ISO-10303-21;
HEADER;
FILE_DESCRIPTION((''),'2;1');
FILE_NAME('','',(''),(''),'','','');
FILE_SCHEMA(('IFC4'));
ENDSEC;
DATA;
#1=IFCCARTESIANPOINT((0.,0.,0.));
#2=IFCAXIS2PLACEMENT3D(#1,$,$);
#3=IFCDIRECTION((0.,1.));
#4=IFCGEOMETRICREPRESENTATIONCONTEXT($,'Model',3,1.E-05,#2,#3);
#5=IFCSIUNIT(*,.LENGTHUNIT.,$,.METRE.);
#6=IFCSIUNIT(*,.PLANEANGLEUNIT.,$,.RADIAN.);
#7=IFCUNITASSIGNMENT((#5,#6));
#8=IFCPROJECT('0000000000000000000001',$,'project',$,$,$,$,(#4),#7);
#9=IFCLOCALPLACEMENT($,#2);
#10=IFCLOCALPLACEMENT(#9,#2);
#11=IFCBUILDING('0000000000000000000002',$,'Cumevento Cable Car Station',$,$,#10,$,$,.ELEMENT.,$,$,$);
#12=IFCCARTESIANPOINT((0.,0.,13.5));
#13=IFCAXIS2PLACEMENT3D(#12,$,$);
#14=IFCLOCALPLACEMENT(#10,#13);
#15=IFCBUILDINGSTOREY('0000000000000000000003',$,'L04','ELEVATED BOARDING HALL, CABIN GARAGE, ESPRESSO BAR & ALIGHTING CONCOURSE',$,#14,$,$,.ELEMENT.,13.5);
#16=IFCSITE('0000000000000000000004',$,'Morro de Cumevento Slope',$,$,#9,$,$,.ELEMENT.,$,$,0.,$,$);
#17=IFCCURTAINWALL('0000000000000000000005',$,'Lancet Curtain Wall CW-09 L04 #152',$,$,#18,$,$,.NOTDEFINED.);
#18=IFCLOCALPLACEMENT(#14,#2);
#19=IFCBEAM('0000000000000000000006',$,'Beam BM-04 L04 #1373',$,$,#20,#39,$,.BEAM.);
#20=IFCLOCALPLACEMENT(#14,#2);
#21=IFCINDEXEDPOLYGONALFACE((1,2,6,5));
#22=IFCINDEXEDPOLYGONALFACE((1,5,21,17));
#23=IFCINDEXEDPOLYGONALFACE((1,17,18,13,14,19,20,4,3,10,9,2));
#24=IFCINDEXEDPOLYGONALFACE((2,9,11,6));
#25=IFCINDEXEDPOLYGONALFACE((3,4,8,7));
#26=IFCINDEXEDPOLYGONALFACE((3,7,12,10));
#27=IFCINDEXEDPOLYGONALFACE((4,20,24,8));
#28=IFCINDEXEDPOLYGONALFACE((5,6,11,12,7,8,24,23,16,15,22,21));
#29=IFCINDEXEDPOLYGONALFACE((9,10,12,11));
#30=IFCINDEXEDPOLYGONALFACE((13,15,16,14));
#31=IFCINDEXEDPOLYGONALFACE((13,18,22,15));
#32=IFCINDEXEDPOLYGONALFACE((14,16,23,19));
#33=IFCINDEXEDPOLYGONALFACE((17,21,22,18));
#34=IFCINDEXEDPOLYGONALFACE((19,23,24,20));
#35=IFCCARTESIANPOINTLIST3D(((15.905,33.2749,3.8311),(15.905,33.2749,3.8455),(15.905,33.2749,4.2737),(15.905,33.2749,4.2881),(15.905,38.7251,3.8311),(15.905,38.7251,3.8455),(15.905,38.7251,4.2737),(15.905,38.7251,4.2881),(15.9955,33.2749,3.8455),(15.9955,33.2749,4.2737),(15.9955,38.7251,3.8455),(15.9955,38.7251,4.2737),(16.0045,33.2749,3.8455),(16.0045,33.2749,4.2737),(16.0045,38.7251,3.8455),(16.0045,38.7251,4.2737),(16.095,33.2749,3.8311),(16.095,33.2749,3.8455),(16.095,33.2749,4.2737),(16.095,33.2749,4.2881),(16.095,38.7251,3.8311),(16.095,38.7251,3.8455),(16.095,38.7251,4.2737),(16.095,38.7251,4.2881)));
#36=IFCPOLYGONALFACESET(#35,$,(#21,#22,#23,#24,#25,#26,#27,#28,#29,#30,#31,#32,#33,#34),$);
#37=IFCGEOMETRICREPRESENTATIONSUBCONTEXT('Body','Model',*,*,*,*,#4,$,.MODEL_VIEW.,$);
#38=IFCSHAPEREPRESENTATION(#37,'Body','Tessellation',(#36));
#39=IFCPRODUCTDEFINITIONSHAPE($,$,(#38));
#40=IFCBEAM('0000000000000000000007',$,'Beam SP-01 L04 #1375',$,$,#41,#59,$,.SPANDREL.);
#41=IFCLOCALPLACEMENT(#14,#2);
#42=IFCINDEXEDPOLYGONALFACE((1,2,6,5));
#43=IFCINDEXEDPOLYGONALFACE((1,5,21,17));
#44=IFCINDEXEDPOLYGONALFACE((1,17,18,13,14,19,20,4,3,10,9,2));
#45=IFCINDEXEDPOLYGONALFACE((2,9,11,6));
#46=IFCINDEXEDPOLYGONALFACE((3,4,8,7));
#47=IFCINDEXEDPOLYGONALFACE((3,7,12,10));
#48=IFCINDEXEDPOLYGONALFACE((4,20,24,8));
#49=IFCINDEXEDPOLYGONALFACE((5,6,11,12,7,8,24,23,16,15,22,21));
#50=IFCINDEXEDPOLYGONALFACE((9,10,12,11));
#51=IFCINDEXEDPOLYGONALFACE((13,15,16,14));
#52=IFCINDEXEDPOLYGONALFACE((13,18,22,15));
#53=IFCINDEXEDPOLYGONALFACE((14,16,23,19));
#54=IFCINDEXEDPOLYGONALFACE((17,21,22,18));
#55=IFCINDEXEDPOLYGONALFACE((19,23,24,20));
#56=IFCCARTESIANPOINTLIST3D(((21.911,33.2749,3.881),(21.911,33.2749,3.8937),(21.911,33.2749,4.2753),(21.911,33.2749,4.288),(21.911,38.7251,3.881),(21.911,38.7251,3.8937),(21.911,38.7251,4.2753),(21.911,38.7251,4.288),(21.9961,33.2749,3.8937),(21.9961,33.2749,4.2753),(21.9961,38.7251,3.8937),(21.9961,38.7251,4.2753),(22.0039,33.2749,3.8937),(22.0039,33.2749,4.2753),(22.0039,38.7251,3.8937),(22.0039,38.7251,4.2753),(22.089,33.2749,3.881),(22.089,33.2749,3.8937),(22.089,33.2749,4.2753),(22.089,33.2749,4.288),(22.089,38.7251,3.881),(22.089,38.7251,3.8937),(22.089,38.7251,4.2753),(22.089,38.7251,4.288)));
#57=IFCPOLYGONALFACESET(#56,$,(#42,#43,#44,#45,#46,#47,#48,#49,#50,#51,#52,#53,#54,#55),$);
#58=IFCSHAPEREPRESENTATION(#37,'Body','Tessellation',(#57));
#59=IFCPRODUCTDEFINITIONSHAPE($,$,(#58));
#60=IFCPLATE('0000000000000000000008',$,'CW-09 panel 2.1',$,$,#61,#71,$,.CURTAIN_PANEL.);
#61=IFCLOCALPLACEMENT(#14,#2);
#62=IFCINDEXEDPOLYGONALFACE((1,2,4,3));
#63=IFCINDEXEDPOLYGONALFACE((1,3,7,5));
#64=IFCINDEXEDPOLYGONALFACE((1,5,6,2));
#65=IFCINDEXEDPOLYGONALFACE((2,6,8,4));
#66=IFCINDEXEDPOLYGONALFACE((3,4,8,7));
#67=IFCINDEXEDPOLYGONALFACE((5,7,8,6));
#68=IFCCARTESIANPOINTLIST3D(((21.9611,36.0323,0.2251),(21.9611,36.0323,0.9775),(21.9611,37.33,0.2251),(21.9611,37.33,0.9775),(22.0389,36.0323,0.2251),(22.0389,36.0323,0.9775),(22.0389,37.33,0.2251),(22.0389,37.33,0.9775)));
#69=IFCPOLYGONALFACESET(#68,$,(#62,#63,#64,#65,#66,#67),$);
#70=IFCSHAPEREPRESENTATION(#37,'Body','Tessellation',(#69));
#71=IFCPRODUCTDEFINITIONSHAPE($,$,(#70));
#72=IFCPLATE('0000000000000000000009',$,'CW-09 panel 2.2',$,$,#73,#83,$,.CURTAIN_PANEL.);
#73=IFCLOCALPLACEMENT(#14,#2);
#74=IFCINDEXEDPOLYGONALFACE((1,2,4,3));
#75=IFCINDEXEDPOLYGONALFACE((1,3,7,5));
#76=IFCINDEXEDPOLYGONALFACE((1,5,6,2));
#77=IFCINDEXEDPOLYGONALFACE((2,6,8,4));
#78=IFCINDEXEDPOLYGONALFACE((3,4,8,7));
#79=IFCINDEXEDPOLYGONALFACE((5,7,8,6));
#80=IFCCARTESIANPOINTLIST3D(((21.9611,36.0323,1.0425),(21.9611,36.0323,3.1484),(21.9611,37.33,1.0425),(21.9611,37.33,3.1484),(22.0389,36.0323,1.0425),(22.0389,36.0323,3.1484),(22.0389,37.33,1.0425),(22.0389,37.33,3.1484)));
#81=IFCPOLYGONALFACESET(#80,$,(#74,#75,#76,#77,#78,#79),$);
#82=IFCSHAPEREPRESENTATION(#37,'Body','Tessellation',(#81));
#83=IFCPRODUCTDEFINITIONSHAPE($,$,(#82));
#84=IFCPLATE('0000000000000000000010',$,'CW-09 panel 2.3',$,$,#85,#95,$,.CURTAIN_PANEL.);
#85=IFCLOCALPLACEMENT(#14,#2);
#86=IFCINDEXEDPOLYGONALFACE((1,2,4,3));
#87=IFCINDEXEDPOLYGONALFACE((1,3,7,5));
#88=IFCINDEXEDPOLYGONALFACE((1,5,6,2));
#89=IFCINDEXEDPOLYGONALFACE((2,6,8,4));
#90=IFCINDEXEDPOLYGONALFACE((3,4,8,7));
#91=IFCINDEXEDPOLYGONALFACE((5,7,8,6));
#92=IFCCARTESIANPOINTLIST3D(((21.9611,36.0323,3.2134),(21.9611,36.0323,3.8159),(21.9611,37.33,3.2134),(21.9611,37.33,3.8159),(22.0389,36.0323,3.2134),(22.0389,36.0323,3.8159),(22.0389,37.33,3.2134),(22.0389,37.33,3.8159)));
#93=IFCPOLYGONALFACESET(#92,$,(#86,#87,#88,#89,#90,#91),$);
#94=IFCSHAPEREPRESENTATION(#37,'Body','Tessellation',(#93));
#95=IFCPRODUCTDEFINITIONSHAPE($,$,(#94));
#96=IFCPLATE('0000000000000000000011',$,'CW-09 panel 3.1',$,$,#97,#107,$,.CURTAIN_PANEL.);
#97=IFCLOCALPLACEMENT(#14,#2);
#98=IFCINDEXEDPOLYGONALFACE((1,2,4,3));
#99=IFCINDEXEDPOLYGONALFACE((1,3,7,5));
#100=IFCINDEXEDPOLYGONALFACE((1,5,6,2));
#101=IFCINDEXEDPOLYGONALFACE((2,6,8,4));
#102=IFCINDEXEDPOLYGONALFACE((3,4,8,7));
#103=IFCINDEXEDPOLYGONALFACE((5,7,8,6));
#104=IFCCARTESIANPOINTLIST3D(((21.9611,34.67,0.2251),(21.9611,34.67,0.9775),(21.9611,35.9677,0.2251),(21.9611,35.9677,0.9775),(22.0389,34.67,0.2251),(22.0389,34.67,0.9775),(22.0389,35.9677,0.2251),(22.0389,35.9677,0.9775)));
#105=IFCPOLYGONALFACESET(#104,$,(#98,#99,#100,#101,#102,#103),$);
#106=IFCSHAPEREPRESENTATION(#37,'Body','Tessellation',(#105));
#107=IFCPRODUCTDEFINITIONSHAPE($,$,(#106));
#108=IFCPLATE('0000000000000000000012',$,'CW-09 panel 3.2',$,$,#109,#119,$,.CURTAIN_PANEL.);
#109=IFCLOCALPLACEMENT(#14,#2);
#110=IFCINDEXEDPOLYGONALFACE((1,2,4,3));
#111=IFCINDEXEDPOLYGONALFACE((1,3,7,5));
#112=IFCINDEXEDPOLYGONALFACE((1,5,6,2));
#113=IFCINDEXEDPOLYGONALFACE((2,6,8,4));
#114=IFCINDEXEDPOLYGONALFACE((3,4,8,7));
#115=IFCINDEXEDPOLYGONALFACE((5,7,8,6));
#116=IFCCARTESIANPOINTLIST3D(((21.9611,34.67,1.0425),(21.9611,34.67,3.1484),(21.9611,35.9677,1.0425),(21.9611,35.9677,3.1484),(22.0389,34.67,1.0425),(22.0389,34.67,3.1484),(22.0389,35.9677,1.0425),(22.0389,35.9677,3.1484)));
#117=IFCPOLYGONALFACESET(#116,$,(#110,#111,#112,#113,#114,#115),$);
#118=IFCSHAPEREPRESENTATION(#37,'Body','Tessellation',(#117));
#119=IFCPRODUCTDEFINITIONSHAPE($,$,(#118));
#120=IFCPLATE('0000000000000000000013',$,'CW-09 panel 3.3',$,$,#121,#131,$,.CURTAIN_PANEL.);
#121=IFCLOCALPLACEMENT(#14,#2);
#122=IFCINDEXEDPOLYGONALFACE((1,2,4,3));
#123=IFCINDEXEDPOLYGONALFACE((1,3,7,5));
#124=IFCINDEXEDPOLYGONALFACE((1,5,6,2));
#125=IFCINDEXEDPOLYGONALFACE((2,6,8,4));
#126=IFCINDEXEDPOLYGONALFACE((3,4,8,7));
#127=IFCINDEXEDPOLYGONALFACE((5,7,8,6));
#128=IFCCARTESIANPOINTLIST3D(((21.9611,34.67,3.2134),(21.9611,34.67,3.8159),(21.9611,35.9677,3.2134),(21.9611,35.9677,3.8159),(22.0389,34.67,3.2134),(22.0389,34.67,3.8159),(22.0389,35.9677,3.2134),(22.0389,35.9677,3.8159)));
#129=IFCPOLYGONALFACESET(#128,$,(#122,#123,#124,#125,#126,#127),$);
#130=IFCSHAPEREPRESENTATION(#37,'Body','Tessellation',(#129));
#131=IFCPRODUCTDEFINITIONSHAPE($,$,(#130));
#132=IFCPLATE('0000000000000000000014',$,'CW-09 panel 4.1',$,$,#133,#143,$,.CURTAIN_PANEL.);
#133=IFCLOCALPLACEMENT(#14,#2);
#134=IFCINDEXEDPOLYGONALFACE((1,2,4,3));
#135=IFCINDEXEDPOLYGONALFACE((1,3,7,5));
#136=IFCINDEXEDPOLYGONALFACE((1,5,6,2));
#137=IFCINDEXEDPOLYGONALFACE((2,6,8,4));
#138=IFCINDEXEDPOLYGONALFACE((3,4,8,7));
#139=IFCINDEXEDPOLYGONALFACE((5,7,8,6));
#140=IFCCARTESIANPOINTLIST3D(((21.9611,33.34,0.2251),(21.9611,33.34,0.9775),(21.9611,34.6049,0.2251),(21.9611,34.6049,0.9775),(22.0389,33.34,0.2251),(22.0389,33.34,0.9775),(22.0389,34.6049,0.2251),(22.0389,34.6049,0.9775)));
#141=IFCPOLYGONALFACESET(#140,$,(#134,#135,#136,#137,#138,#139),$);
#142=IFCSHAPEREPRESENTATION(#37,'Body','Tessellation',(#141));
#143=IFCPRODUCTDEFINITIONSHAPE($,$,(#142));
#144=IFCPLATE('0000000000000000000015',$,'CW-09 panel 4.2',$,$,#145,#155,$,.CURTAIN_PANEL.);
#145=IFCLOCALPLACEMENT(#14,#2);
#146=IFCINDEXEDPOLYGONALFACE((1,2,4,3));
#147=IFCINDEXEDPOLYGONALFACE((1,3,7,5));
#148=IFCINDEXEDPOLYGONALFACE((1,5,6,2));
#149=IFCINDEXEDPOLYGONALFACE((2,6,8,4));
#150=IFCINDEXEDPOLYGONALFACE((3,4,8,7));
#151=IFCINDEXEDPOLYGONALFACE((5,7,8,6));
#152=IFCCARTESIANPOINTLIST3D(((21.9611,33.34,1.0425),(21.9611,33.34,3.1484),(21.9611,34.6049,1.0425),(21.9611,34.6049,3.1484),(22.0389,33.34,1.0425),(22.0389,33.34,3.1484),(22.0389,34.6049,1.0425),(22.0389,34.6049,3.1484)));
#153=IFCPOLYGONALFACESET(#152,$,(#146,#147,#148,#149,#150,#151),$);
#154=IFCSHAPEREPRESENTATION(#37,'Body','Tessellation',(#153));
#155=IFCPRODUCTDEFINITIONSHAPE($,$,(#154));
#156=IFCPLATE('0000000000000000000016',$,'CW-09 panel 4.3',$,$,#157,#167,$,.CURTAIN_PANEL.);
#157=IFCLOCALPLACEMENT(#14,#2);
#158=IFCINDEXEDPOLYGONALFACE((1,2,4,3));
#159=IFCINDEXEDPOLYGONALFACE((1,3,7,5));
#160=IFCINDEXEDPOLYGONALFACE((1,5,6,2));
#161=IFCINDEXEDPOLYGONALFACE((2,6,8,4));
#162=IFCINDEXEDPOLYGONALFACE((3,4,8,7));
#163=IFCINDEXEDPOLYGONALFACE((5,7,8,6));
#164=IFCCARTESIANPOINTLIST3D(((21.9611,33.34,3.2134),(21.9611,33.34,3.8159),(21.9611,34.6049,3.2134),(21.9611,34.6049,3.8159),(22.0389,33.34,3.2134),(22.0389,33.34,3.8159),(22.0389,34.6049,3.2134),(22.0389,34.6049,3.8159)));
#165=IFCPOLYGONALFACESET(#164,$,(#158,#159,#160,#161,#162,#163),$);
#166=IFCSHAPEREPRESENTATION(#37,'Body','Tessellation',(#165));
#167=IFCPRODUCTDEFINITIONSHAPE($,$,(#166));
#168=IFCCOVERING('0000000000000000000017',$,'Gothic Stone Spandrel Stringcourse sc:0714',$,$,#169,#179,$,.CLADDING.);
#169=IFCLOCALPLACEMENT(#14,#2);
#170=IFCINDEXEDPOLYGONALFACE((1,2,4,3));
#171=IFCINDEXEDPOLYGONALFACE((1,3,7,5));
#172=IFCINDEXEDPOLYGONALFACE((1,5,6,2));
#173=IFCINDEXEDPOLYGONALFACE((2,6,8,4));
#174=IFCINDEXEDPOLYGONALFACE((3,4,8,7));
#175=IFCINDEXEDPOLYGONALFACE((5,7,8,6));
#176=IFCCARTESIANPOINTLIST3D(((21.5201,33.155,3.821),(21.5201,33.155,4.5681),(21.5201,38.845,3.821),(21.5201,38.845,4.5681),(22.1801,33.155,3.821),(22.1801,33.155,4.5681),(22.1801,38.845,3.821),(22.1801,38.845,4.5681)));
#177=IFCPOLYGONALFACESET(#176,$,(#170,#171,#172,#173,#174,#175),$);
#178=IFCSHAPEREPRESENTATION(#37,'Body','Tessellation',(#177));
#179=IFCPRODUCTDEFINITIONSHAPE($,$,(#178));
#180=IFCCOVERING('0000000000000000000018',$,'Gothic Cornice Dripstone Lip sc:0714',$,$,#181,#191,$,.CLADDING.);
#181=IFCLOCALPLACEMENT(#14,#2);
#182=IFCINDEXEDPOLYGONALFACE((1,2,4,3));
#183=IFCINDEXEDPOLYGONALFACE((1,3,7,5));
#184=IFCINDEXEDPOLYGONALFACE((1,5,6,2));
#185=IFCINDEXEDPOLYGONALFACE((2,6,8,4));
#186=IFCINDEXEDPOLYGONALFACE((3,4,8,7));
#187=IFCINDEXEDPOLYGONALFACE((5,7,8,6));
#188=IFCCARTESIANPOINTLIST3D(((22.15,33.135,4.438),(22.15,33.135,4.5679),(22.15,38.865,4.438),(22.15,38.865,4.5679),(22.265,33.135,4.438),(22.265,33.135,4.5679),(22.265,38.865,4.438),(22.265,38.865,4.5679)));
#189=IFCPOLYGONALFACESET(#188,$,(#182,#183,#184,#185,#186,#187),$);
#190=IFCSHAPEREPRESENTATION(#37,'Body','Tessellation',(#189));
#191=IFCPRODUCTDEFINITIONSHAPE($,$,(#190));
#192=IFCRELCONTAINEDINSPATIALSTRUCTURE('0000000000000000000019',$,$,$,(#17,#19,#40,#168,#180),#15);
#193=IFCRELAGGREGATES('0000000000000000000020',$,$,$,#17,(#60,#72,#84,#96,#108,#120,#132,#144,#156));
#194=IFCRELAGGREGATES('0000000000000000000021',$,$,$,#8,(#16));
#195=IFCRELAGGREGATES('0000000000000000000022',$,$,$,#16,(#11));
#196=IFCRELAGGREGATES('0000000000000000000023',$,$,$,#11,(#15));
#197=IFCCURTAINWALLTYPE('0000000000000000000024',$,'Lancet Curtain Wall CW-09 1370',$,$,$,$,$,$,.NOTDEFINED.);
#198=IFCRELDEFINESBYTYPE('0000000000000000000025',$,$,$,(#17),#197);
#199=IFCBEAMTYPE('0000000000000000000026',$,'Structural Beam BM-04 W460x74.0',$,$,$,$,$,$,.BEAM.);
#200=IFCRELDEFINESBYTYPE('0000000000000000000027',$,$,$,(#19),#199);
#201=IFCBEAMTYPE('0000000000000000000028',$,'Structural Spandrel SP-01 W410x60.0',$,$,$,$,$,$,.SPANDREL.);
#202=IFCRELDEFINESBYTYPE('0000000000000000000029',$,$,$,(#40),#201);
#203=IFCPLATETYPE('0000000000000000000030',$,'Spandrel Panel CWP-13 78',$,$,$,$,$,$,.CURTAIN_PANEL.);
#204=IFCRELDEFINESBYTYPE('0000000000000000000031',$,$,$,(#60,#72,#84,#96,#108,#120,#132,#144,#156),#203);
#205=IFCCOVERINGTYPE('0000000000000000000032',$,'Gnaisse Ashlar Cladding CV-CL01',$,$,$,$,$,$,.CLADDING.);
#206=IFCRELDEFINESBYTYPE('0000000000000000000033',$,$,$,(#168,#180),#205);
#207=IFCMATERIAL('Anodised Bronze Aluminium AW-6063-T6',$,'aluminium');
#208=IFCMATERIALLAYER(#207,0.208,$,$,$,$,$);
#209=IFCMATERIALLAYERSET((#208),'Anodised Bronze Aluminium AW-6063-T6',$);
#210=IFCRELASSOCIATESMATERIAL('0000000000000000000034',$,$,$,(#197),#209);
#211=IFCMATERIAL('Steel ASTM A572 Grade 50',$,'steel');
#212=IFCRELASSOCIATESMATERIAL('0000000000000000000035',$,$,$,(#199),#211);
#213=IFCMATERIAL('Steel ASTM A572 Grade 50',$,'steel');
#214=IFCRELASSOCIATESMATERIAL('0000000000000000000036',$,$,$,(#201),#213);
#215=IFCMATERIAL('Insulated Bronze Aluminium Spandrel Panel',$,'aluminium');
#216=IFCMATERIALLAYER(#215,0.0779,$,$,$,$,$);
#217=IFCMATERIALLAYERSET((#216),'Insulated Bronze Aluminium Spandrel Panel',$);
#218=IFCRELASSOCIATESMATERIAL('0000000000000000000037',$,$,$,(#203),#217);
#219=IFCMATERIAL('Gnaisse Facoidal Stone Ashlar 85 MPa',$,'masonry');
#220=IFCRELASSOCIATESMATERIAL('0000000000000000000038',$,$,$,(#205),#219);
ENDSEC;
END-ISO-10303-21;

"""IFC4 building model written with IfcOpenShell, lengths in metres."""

from ifc_helpers import new_model, si_unit, direction, frame, origin, origin_2d, place, context, subcontext, project, spatial, rectangle, i_section, extrude, material, layer, layer_set, material_profile, profile_set, type_object, element, aggregate, save


model = new_model("IFC4")

# Units and contexts
model_context = context("Model", 3, precision=1e-05, world=origin(), true_north=direction((0.0, 1.0)))
body_context = subcontext(model_context, "Body", "Model", "MODEL_VIEW")
ifc_project = project(units=[si_unit("LENGTHUNIT", "METRE"), si_unit("PLANEANGLEUNIT", "RADIAN")], contexts=[model_context])

# Site, building, storey
site_placement = place(None, origin())
site = spatial("IfcSite", under=ifc_project, at=site_placement, Name="Morro de Cumevento Slope", CompositionType="ELEMENT", RefElevation=0.0)
building_placement = place(site_placement, origin())
building = spatial("IfcBuilding", under=site, at=building_placement, Name="Cumevento Cable Car Station", CompositionType="ELEMENT")
storey_placement = place(building_placement, frame((0.0, 0.0, 13.5)))
storey = spatial("IfcBuildingStorey", under=building, at=storey_placement, Name="L04", Description="ELEVATED BOARDING HALL, CABIN GARAGE, ESPRESSO BAR & ALIGHTING CONCOURSE", CompositionType="ELEMENT", Elevation=13.5)

# Curtain wall
ifc_material_1 = material(Name="Anodised Bronze Aluminium AW-6063-T6", Category="aluminium")
ifc_layer_1 = layer(ifc_material_1, 0.208)
ifc_layer_set_1 = layer_set([ifc_layer_1], Name="Anodised Bronze Aluminium AW-6063-T6")
curtain_wall_type = type_object("IfcCurtainWallType", Name="Lancet Curtain Wall CW-09 1370", PredefinedType="NOTDEFINED", material=ifc_layer_set_1)
curtain_wall_placement = place(storey_placement, origin())
curtain_wall = element("IfcCurtainWall", 1, at=curtain_wall_placement, inside=storey, type_object=curtain_wall_type, Name="Lancet Curtain Wall CW-09 L04 #152", PredefinedType="NOTDEFINED")

# Beams
ifc_material_2 = material(Name="Steel ASTM A572 Grade 50", Category="steel")
ifc_material_profile_1 = material_profile(ifc_material_2, i_section(OverallWidth=0.1899, OverallDepth=0.457, WebThickness=0.009, FlangeThickness=0.0144, at=origin_2d()), Name="W460x74.0")
ifc_profile_set_1 = profile_set([ifc_material_profile_1], Name="Steel ASTM A572 Grade 50")
beam_type_1 = type_object("IfcBeamType", Name="Structural Beam BM-04 W460x74.0", PredefinedType="BEAM", material=ifc_profile_set_1)
beam_1_placement = place(storey_placement, frame((16.0, 33.2749, 4.0596), z_axis=(0.0, 1.0, 0.0), x_axis=(-1.0, 0.0, 0.0)))
element("IfcBeam", 2, at=beam_1_placement, inside=storey, type_object=beam_type_1, Name="Beam BM-04 L04 #1373", PredefinedType="BEAM", context=body_context, shape_type="SweptSolid", body=[
    extrude(i_section(OverallWidth=0.1899, OverallDepth=0.457, WebThickness=0.009, FlangeThickness=0.0144, at=origin_2d()), origin(), (0.0, 0.0, 1.0), 5.4502),
])
ifc_material_3 = material(Name="Steel ASTM A572 Grade 50", Category="steel")
ifc_material_profile_2 = material_profile(ifc_material_3, i_section(OverallWidth=0.178, OverallDepth=0.407, WebThickness=0.0078, FlangeThickness=0.0127, at=origin_2d()), Name="W410x60.0")
ifc_profile_set_2 = profile_set([ifc_material_profile_2], Name="Steel ASTM A572 Grade 50")
beam_type_2 = type_object("IfcBeamType", Name="Structural Spandrel SP-01 W410x60.0", PredefinedType="SPANDREL", material=ifc_profile_set_2)
beam_2_placement = place(storey_placement, frame((22.0, 33.2749, 4.0845), z_axis=(0.0, 1.0, 0.0), x_axis=(-1.0, 0.0, 0.0)))
element("IfcBeam", 3, at=beam_2_placement, inside=storey, type_object=beam_type_2, Name="Beam SP-01 L04 #1375", PredefinedType="SPANDREL", context=body_context, shape_type="SweptSolid", body=[
    extrude(i_section(OverallWidth=0.178, OverallDepth=0.407, WebThickness=0.0078, FlangeThickness=0.0127, at=origin_2d()), origin(), (0.0, 0.0, 1.0), 5.4502),
])

# Plates
ifc_material_4 = material(Name="Insulated Bronze Aluminium Spandrel Panel", Category="aluminium")
ifc_layer_2 = layer(ifc_material_4, 0.0779)
ifc_layer_set_2 = layer_set([ifc_layer_2], Name="Insulated Bronze Aluminium Spandrel Panel")
plate_type = type_object("IfcPlateType", Name="Spandrel Panel CWP-13 78", PredefinedType="CURTAIN_PANEL", material=ifc_layer_set_2)
plate_1_placement = place(storey_placement, frame((22.0, 36.6812, 0.2251), z_axis=(0.0, 0.0, 1.0), x_axis=(0.0, -1.0, 0.0)))
plate_1 = element("IfcPlate", 4, at=plate_1_placement, type_object=plate_type, Name="CW-09 panel 2.1", PredefinedType="CURTAIN_PANEL", context=body_context, shape_type="SweptSolid", body=[
    extrude(rectangle(XDim=1.2976, YDim=0.0779, at=origin_2d()), origin(), (0.0, 0.0, 1.0), 0.7524),
])
plate_2_placement = place(storey_placement, frame((22.0, 36.6812, 1.0425), z_axis=(0.0, 0.0, 1.0), x_axis=(0.0, -1.0, 0.0)))
plate_2 = element("IfcPlate", 5, at=plate_2_placement, type_object=plate_type, Name="CW-09 panel 2.2", PredefinedType="CURTAIN_PANEL", context=body_context, shape_type="SweptSolid", body=[
    extrude(rectangle(XDim=1.2976, YDim=0.0779, at=origin_2d()), origin(), (0.0, 0.0, 1.0), 2.106),
])
plate_3_placement = place(storey_placement, frame((22.0, 36.6812, 3.2134), z_axis=(0.0, 0.0, 1.0), x_axis=(0.0, -1.0, 0.0)))
plate_3 = element("IfcPlate", 6, at=plate_3_placement, type_object=plate_type, Name="CW-09 panel 2.3", PredefinedType="CURTAIN_PANEL", context=body_context, shape_type="SweptSolid", body=[
    extrude(rectangle(XDim=1.2976, YDim=0.0779, at=origin_2d()), origin(), (0.0, 0.0, 1.0), 0.6025),
])
plate_4_placement = place(storey_placement, frame((22.0, 35.3188, 0.2251), z_axis=(0.0, 0.0, 1.0), x_axis=(0.0, -1.0, 0.0)))
plate_4 = element("IfcPlate", 7, at=plate_4_placement, type_object=plate_type, Name="CW-09 panel 3.1", PredefinedType="CURTAIN_PANEL", context=body_context, shape_type="SweptSolid", body=[
    extrude(rectangle(XDim=1.2976, YDim=0.0779, at=origin_2d()), origin(), (0.0, 0.0, 1.0), 0.7524),
])
plate_5_placement = place(storey_placement, frame((22.0, 35.3188, 1.0425), z_axis=(0.0, 0.0, 1.0), x_axis=(0.0, -1.0, 0.0)))
plate_5 = element("IfcPlate", 8, at=plate_5_placement, type_object=plate_type, Name="CW-09 panel 3.2", PredefinedType="CURTAIN_PANEL", context=body_context, shape_type="SweptSolid", body=[
    extrude(rectangle(XDim=1.2976, YDim=0.0779, at=origin_2d()), origin(), (0.0, 0.0, 1.0), 2.106),
])
plate_6_placement = place(storey_placement, frame((22.0, 35.3188, 3.2134), z_axis=(0.0, 0.0, 1.0), x_axis=(0.0, -1.0, 0.0)))
plate_6 = element("IfcPlate", 9, at=plate_6_placement, type_object=plate_type, Name="CW-09 panel 3.3", PredefinedType="CURTAIN_PANEL", context=body_context, shape_type="SweptSolid", body=[
    extrude(rectangle(XDim=1.2976, YDim=0.0779, at=origin_2d()), origin(), (0.0, 0.0, 1.0), 0.6025),
])
plate_7_placement = place(storey_placement, frame((22.0, 33.9724, 0.2251), z_axis=(0.0, 0.0, 1.0), x_axis=(0.0, -1.0, 0.0)))
plate_7 = element("IfcPlate", 10, at=plate_7_placement, type_object=plate_type, Name="CW-09 panel 4.1", PredefinedType="CURTAIN_PANEL", context=body_context, shape_type="SweptSolid", body=[
    extrude(rectangle(XDim=1.2649, YDim=0.0779, at=origin_2d()), origin(), (0.0, 0.0, 1.0), 0.7524),
])
plate_8_placement = place(storey_placement, frame((22.0, 33.9724, 1.0425), z_axis=(0.0, 0.0, 1.0), x_axis=(0.0, -1.0, 0.0)))
plate_8 = element("IfcPlate", 11, at=plate_8_placement, type_object=plate_type, Name="CW-09 panel 4.2", PredefinedType="CURTAIN_PANEL", context=body_context, shape_type="SweptSolid", body=[
    extrude(rectangle(XDim=1.2649, YDim=0.0779, at=origin_2d()), origin(), (0.0, 0.0, 1.0), 2.106),
])
plate_9_placement = place(storey_placement, frame((22.0, 33.9724, 3.2134), z_axis=(0.0, 0.0, 1.0), x_axis=(0.0, -1.0, 0.0)))
plate_9 = element("IfcPlate", 12, at=plate_9_placement, type_object=plate_type, Name="CW-09 panel 4.3", PredefinedType="CURTAIN_PANEL", context=body_context, shape_type="SweptSolid", body=[
    extrude(rectangle(XDim=1.2649, YDim=0.0779, at=origin_2d()), origin(), (0.0, 0.0, 1.0), 0.6025),
])
aggregate(curtain_wall, [plate_1, plate_2, plate_3, plate_4, plate_5, plate_6, plate_7, plate_8, plate_9])

# Coverings
ifc_material_5 = material(Name="Gnaisse Facoidal Stone Ashlar 85 MPa", Category="masonry")
covering_type = type_object("IfcCoveringType", Name="Gnaisse Ashlar Cladding CV-CL01", PredefinedType="CLADDING", material=ifc_material_5)
covering_1_placement = place(storey_placement, frame((21.8501, 36.0, 3.821), z_axis=(0.0, 0.0, 1.0), x_axis=(0.0, -1.0, 0.0)))
element("IfcCovering", 13, at=covering_1_placement, inside=storey, type_object=covering_type, Name="Gothic Stone Spandrel Stringcourse sc:0714", PredefinedType="CLADDING", context=body_context, shape_type="SweptSolid", body=[
    extrude(rectangle(XDim=5.6899, YDim=0.6599, at=origin_2d()), origin(), (0.0, 0.0, 1.0), 0.7471),
])
covering_2_placement = place(storey_placement, frame((22.2075, 36.0, 4.438), z_axis=(0.0, 0.0, 1.0), x_axis=(0.0, -1.0, 0.0)))
element("IfcCovering", 14, at=covering_2_placement, inside=storey, type_object=covering_type, Name="Gothic Cornice Dripstone Lip sc:0714", PredefinedType="CLADDING", context=body_context, shape_type="SweptSolid", body=[
    extrude(rectangle(XDim=5.73, YDim=0.115, at=origin_2d()), origin(), (0.0, 0.0, 1.0), 0.1299),
])

save(model, "model.ifc")
